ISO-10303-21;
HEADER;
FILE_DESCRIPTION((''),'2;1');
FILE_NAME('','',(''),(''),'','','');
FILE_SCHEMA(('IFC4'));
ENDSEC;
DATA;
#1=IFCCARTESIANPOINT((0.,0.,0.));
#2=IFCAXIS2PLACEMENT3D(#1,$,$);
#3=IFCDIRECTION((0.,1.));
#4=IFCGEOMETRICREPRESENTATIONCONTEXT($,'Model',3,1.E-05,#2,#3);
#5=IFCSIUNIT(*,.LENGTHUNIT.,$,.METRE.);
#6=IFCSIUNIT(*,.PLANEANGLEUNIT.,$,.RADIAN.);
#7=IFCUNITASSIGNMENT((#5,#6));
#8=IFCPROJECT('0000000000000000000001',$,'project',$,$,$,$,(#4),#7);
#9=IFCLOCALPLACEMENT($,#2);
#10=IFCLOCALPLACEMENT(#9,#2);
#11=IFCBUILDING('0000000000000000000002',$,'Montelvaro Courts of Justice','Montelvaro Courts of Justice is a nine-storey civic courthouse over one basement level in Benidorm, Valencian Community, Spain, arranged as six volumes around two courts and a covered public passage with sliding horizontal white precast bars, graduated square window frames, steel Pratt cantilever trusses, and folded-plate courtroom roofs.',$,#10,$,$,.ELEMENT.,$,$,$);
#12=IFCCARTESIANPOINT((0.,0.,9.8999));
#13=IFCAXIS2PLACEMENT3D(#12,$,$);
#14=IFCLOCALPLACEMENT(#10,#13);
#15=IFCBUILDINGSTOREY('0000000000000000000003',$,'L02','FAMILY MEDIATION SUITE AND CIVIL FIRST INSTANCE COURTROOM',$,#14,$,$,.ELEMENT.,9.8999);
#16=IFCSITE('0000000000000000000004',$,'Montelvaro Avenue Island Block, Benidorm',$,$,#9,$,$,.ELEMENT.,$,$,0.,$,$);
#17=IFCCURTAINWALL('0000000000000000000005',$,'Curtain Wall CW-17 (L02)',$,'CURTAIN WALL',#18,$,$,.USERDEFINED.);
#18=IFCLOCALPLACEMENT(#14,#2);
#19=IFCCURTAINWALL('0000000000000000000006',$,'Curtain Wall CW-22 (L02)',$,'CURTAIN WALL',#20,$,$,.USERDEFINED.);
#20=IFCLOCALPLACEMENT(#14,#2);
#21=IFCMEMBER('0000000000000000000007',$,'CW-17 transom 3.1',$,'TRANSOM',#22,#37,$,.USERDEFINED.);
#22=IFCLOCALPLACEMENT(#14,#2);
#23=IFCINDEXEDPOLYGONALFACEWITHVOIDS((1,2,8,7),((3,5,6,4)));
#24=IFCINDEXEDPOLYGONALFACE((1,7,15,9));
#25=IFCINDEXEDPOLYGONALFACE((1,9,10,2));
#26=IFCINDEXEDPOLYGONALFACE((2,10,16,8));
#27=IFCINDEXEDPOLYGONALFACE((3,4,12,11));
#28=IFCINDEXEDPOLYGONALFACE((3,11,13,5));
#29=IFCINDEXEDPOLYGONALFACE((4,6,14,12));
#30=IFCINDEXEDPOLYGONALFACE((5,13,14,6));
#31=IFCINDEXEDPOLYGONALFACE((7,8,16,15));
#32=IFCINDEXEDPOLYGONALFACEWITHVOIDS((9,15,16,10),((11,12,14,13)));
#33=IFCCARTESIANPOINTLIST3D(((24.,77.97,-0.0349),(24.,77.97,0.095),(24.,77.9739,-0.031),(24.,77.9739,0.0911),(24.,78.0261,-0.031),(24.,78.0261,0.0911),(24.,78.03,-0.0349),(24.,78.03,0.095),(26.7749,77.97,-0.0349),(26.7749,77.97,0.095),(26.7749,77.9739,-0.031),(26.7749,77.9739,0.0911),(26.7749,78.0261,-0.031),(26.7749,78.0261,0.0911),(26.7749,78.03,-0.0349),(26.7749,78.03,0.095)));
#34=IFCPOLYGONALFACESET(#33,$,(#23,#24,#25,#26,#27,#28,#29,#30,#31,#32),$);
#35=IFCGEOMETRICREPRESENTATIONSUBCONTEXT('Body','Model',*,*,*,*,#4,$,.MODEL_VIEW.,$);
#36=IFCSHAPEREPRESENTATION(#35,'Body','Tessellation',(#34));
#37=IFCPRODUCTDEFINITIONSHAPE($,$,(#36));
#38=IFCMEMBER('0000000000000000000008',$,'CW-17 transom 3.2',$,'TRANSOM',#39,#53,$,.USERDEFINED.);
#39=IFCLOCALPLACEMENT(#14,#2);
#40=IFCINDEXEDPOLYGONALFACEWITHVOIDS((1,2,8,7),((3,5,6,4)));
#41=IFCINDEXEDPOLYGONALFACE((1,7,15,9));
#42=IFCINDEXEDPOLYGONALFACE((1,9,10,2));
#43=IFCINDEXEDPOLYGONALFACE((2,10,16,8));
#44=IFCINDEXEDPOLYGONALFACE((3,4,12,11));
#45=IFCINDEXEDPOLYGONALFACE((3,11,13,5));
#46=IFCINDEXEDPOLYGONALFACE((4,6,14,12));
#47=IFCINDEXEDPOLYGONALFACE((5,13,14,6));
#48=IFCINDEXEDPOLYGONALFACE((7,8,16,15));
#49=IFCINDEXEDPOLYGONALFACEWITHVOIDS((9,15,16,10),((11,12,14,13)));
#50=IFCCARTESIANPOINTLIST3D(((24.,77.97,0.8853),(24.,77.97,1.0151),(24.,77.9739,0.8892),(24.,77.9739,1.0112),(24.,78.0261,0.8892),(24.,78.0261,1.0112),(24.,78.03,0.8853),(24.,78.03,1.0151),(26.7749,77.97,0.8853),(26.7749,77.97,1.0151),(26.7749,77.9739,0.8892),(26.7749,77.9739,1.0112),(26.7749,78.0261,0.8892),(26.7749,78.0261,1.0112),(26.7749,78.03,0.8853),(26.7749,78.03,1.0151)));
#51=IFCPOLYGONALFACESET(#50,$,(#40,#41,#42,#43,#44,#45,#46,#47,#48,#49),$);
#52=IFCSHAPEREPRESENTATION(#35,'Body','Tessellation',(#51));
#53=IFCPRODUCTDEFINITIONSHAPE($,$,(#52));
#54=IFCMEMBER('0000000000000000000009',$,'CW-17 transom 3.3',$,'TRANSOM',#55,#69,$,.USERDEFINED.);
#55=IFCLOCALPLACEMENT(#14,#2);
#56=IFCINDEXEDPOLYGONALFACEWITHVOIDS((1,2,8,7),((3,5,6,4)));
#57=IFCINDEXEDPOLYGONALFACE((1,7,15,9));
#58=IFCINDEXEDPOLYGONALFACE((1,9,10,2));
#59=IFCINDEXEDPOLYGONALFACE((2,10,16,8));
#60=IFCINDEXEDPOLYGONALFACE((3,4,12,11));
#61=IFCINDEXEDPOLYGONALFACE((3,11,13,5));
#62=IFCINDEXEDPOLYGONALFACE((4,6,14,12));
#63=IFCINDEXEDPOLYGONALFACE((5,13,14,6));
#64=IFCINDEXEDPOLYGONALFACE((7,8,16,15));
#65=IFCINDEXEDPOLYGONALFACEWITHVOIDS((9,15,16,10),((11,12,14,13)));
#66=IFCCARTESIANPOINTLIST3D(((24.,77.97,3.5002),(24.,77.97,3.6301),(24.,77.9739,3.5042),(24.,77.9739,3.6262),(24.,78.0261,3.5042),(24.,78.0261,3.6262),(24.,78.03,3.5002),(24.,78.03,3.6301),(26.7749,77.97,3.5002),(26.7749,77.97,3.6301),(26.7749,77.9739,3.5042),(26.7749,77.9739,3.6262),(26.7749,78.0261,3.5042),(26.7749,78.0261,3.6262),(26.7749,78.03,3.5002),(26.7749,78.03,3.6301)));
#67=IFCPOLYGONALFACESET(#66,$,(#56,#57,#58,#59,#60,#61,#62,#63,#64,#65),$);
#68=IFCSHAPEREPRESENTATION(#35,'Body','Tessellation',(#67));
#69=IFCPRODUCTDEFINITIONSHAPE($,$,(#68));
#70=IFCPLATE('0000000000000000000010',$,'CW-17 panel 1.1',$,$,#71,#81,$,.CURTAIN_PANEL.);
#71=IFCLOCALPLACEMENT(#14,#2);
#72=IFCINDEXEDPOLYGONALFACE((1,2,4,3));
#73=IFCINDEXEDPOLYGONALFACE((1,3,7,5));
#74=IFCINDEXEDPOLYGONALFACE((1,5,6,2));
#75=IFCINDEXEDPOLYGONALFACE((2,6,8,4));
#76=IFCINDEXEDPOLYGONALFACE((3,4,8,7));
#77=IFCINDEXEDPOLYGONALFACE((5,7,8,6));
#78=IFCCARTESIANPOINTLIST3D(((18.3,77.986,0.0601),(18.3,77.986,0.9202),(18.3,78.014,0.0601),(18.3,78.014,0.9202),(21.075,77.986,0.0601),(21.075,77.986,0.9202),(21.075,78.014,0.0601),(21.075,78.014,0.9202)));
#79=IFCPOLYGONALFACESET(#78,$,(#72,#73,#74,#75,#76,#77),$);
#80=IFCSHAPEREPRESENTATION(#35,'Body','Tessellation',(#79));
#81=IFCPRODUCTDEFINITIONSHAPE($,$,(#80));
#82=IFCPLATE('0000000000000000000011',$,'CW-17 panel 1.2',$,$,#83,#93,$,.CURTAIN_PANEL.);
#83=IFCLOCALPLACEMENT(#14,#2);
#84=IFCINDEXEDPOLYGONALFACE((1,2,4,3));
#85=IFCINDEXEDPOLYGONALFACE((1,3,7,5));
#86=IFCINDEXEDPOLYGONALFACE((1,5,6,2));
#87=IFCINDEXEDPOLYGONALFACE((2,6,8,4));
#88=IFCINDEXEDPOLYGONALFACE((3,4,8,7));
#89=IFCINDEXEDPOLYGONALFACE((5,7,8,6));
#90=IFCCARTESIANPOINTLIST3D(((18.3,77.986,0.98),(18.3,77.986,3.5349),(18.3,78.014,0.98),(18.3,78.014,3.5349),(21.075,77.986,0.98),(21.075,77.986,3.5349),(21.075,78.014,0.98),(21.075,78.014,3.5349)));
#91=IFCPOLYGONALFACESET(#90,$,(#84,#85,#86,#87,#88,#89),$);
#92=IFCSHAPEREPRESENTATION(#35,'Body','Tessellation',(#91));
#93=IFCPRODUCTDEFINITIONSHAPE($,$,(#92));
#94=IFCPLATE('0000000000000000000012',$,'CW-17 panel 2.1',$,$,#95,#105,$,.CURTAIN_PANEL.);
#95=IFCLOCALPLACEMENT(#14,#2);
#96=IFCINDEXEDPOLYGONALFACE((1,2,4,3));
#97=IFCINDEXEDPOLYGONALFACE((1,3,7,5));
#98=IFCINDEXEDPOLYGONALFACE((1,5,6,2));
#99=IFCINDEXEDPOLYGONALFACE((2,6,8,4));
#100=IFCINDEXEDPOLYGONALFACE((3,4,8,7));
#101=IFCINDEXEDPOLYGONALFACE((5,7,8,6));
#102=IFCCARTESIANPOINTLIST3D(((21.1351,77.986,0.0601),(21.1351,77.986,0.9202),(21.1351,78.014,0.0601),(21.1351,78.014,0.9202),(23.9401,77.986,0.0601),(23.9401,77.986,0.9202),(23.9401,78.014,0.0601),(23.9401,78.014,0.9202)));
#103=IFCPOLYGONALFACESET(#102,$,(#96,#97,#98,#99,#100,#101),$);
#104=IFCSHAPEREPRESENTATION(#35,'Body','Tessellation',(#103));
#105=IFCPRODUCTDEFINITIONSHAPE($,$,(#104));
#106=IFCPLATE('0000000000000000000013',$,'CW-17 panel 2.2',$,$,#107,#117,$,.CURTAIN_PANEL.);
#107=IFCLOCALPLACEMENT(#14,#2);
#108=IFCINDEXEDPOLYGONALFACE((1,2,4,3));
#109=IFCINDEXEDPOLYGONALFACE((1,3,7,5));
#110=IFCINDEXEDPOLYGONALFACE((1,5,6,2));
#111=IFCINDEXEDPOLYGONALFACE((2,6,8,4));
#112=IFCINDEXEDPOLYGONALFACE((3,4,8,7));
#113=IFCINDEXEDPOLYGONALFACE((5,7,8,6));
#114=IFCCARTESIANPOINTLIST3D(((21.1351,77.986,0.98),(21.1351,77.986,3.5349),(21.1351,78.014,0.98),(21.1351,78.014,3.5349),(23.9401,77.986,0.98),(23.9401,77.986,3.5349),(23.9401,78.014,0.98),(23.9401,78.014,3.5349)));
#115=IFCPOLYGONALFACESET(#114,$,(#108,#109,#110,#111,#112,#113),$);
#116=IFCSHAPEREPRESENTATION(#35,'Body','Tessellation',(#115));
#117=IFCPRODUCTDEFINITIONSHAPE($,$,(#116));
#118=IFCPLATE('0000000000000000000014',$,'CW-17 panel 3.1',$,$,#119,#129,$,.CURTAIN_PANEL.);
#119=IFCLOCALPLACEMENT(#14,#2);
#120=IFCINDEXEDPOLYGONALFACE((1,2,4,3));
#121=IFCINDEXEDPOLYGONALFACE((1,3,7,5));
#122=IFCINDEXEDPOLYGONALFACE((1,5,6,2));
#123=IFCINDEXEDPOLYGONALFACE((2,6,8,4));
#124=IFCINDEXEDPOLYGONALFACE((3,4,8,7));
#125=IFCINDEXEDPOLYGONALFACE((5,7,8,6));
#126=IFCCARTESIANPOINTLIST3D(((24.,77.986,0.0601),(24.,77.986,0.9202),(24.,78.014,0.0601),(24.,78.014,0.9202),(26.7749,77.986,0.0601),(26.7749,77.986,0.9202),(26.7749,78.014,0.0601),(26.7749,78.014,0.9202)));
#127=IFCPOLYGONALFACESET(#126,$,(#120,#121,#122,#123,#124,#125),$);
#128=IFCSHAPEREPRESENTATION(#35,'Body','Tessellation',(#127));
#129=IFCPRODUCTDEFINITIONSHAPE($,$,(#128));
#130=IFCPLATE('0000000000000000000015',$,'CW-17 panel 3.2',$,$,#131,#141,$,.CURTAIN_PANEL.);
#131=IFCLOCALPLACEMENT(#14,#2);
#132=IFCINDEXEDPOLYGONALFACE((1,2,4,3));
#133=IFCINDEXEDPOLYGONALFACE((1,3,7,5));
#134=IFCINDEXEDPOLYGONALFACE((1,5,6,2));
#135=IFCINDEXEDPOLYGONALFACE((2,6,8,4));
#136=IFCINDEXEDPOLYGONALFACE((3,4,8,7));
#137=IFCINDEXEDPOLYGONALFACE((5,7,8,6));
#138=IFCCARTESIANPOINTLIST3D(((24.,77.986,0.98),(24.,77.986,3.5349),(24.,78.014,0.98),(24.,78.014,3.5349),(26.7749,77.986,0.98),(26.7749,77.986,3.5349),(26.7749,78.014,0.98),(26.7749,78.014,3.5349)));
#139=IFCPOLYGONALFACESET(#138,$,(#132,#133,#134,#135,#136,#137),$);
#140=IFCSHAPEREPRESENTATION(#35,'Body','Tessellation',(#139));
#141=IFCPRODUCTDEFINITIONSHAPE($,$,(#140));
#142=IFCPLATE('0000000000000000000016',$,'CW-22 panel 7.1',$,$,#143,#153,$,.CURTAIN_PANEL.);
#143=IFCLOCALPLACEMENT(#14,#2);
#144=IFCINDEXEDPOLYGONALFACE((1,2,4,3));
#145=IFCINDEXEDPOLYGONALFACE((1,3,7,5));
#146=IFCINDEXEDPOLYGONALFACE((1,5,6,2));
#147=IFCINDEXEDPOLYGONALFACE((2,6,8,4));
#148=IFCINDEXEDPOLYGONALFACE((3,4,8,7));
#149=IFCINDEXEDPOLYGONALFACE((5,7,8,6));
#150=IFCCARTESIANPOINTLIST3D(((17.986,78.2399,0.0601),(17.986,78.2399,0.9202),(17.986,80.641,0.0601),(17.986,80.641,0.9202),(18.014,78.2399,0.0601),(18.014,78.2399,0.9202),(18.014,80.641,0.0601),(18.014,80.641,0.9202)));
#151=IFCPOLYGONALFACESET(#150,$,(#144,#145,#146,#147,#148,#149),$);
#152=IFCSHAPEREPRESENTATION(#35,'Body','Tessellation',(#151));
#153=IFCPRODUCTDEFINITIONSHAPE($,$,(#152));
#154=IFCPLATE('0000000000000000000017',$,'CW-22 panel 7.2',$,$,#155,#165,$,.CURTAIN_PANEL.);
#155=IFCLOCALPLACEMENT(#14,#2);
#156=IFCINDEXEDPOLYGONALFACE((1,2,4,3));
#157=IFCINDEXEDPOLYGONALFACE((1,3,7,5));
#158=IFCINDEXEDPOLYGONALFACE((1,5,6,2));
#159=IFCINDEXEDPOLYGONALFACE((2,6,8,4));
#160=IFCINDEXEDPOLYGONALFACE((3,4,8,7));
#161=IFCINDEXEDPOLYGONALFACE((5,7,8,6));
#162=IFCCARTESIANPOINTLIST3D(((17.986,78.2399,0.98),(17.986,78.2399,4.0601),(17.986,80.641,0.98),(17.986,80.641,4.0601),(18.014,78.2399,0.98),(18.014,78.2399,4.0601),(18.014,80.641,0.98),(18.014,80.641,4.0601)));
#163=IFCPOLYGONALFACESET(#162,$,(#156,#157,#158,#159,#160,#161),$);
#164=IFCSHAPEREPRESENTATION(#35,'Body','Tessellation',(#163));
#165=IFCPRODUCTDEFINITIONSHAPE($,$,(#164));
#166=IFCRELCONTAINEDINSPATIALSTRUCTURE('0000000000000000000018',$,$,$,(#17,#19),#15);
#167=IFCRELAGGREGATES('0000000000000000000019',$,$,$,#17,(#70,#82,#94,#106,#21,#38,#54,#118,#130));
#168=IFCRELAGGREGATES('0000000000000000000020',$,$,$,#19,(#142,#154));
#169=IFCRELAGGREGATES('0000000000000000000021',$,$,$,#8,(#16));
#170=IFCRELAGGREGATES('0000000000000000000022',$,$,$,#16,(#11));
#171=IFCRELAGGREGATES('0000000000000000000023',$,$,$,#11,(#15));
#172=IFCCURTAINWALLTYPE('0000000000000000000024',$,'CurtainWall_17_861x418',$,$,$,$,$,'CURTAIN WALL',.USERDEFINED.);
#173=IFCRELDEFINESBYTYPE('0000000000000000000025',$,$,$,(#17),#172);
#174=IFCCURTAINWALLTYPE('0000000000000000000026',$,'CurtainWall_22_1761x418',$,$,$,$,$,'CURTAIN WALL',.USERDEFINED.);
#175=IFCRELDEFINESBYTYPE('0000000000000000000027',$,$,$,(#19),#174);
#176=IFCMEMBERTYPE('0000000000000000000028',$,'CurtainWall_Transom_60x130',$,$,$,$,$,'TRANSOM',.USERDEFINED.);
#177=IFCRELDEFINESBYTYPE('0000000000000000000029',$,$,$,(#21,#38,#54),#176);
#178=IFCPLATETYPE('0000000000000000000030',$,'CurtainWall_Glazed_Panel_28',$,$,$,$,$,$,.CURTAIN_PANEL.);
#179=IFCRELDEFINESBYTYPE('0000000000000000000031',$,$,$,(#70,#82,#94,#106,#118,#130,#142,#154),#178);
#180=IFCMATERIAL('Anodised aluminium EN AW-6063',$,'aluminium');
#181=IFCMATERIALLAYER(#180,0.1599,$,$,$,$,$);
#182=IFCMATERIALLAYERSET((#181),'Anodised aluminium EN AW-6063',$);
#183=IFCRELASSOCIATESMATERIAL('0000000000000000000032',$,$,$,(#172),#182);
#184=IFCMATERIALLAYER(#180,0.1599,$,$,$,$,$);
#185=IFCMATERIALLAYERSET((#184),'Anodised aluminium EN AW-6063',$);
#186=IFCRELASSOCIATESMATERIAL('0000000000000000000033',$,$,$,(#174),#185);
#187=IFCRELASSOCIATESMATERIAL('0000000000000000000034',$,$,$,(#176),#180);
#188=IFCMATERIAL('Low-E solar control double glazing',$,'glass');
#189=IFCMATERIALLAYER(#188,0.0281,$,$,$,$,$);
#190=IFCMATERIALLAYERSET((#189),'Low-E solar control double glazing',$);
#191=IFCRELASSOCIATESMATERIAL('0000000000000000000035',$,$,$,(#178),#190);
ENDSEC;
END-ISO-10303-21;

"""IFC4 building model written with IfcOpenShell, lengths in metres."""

from ifc_helpers import new_model, si_unit, direction, frame, origin, origin_2d, place, context, subcontext, project, spatial, rectangle, hollow_rectangle, extrude, material, layer, layer_set, material_profile, profile_set, type_object, element, aggregate, save


model = new_model("IFC4")

# Units and contexts
model_context = context("Model", 3, precision=1e-05, world=origin(), true_north=direction((0.0, 1.0)))
body_context = subcontext(model_context, "Body", "Model", "MODEL_VIEW")
ifc_project = project(units=[si_unit("LENGTHUNIT", "METRE"), si_unit("PLANEANGLEUNIT", "RADIAN")], contexts=[model_context])

# Site, building, storey
site_placement = place(None, origin())
site = spatial("IfcSite", under=ifc_project, at=site_placement, Name="Montelvaro Avenue Island Block, Benidorm", CompositionType="ELEMENT", RefElevation=0.0)
building_placement = place(site_placement, origin())
building = spatial("IfcBuilding", under=site, at=building_placement, Name="Montelvaro Courts of Justice", Description="Montelvaro Courts of Justice is a nine-storey civic courthouse over one basement level in Benidorm, Valencian Community, Spain, arranged as six volumes around two courts and a covered public passage with sliding horizontal white precast bars, graduated square window frames, steel Pratt cantilever trusses, and folded-plate courtroom roofs.", CompositionType="ELEMENT")
storey_placement = place(building_placement, frame((0.0, 0.0, 9.8999)))
storey = spatial("IfcBuildingStorey", under=building, at=storey_placement, Name="L02", Description="FAMILY MEDIATION SUITE AND CIVIL FIRST INSTANCE COURTROOM", CompositionType="ELEMENT", Elevation=9.8999)

# Curtain wall
ifc_material_1 = material(Name="Anodised aluminium EN AW-6063", Category="aluminium")
ifc_layer_1 = layer(ifc_material_1, 0.1599)
ifc_layer_set_1 = layer_set([ifc_layer_1], Name="Anodised aluminium EN AW-6063")
curtain_wall_type_1 = type_object("IfcCurtainWallType", Name="CurtainWall_17_861x418", ElementType="CURTAIN WALL", PredefinedType="USERDEFINED", material=ifc_layer_set_1)
curtain_wall_1_placement = place(storey_placement, origin())
curtain_wall_1 = element("IfcCurtainWall", 1, at=curtain_wall_1_placement, inside=storey, type_object=curtain_wall_type_1, Name="Curtain Wall CW-17 (L02)", ObjectType="CURTAIN WALL", PredefinedType="USERDEFINED")

# Curtain wall
ifc_layer_2 = layer(ifc_material_1, 0.1599)
ifc_layer_set_2 = layer_set([ifc_layer_2], Name="Anodised aluminium EN AW-6063")
curtain_wall_type_2 = type_object("IfcCurtainWallType", Name="CurtainWall_22_1761x418", ElementType="CURTAIN WALL", PredefinedType="USERDEFINED", material=ifc_layer_set_2)
curtain_wall_2_placement = place(storey_placement, origin())
curtain_wall_2 = element("IfcCurtainWall", 2, at=curtain_wall_2_placement, inside=storey, type_object=curtain_wall_type_2, Name="Curtain Wall CW-22 (L02)", ObjectType="CURTAIN WALL", PredefinedType="USERDEFINED")

# Members
ifc_material_profile_1 = material_profile(ifc_material_1, hollow_rectangle(XDim=0.0601, YDim=0.1299, WallThickness=0.0039, at=origin_2d()), Name="ALU-T 60x130")
ifc_profile_set_1 = profile_set([ifc_material_profile_1], Name="Anodised aluminium EN AW-6063")
member_type_1 = type_object("IfcMemberType", Name="CurtainWall_Transom_60x130", ElementType="TRANSOM", PredefinedType="USERDEFINED", material=ifc_profile_set_1)
member_1_placement = place(storey_placement, frame((24.0, 78.0, 0.03), z_axis=(1.0, 0.0, 0.0), x_axis=(0.0, 1.0, 0.0)))
member_1 = element("IfcMember", 3, at=member_1_placement, type_object=member_type_1, Name="CW-17 transom 3.1", ObjectType="TRANSOM", PredefinedType="USERDEFINED", context=body_context, shape_type="SweptSolid", body=[
    extrude(hollow_rectangle(XDim=0.0601, YDim=0.1299, WallThickness=0.0039, at=origin_2d()), origin(), (0.0, 0.0, 1.0), 2.7749),
])
member_2_placement = place(storey_placement, frame((24.0, 78.0, 0.9502), z_axis=(1.0, 0.0, 0.0), x_axis=(0.0, 1.0, 0.0)))
member_2 = element("IfcMember", 4, at=member_2_placement, type_object=member_type_1, Name="CW-17 transom 3.2", ObjectType="TRANSOM", PredefinedType="USERDEFINED", context=body_context, shape_type="SweptSolid", body=[
    extrude(hollow_rectangle(XDim=0.0601, YDim=0.1299, WallThickness=0.0039, at=origin_2d()), origin(), (0.0, 0.0, 1.0), 2.7749),
])
member_3_placement = place(storey_placement, frame((24.0, 78.0, 3.5652), z_axis=(1.0, 0.0, 0.0), x_axis=(0.0, 1.0, 0.0)))
member_3 = element("IfcMember", 5, at=member_3_placement, type_object=member_type_1, Name="CW-17 transom 3.3", ObjectType="TRANSOM", PredefinedType="USERDEFINED", context=body_context, shape_type="SweptSolid", body=[
    extrude(hollow_rectangle(XDim=0.0601, YDim=0.1299, WallThickness=0.0039, at=origin_2d()), origin(), (0.0, 0.0, 1.0), 2.7749),
])

# Plates
ifc_material_2 = material(Name="Low-E solar control double glazing", Category="glass")
ifc_layer_3 = layer(ifc_material_2, 0.0281)
ifc_layer_set_3 = layer_set([ifc_layer_3], Name="Low-E solar control double glazing")
plate_type = type_object("IfcPlateType", Name="CurtainWall_Glazed_Panel_28", PredefinedType="CURTAIN_PANEL", material=ifc_layer_set_3)
plate_1_placement = place(storey_placement, frame((19.6875, 78.0, 0.0601), z_axis=(0.0, 0.0, 1.0), x_axis=(1.0, 0.0, 0.0)))
plate_1 = element("IfcPlate", 6, at=plate_1_placement, type_object=plate_type, Name="CW-17 panel 1.1", PredefinedType="CURTAIN_PANEL", context=body_context, shape_type="SweptSolid", body=[
    extrude(rectangle(XDim=2.7749, YDim=0.0281, at=origin_2d()), origin(), (0.0, 0.0, 1.0), 0.8601),
])
plate_2_placement = place(storey_placement, frame((19.6875, 78.0, 0.98), z_axis=(0.0, 0.0, 1.0), x_axis=(1.0, 0.0, 0.0)))
plate_2 = element("IfcPlate", 7, at=plate_2_placement, type_object=plate_type, Name="CW-17 panel 1.2", PredefinedType="CURTAIN_PANEL", context=body_context, shape_type="SweptSolid", body=[
    extrude(rectangle(XDim=2.7749, YDim=0.0281, at=origin_2d()), origin(), (0.0, 0.0, 1.0), 2.5549),
])
plate_3_placement = place(storey_placement, frame((22.5376, 78.0, 0.0601), z_axis=(0.0, 0.0, 1.0), x_axis=(1.0, 0.0, 0.0)))
plate_3 = element("IfcPlate", 8, at=plate_3_placement, type_object=plate_type, Name="CW-17 panel 2.1", PredefinedType="CURTAIN_PANEL", context=body_context, shape_type="SweptSolid", body=[
    extrude(rectangle(XDim=2.8049, YDim=0.0281, at=origin_2d()), origin(), (0.0, 0.0, 1.0), 0.8601),
])
plate_4_placement = place(storey_placement, frame((22.5376, 78.0, 0.98), z_axis=(0.0, 0.0, 1.0), x_axis=(1.0, 0.0, 0.0)))
plate_4 = element("IfcPlate", 9, at=plate_4_placement, type_object=plate_type, Name="CW-17 panel 2.2", PredefinedType="CURTAIN_PANEL", context=body_context, shape_type="SweptSolid", body=[
    extrude(rectangle(XDim=2.8049, YDim=0.0281, at=origin_2d()), origin(), (0.0, 0.0, 1.0), 2.5549),
])
plate_5_placement = place(storey_placement, frame((25.3875, 78.0, 0.0601), z_axis=(0.0, 0.0, 1.0), x_axis=(1.0, 0.0, 0.0)))
plate_5 = element("IfcPlate", 10, at=plate_5_placement, type_object=plate_type, Name="CW-17 panel 3.1", PredefinedType="CURTAIN_PANEL", context=body_context, shape_type="SweptSolid", body=[
    extrude(rectangle(XDim=2.7749, YDim=0.0281, at=origin_2d()), origin(), (0.0, 0.0, 1.0), 0.8601),
])
plate_6_placement = place(storey_placement, frame((25.3875, 78.0, 0.98), z_axis=(0.0, 0.0, 1.0), x_axis=(1.0, 0.0, 0.0)))
plate_6 = element("IfcPlate", 11, at=plate_6_placement, type_object=plate_type, Name="CW-17 panel 3.2", PredefinedType="CURTAIN_PANEL", context=body_context, shape_type="SweptSolid", body=[
    extrude(rectangle(XDim=2.7749, YDim=0.0281, at=origin_2d()), origin(), (0.0, 0.0, 1.0), 2.5549),
])
aggregate(curtain_wall_1, [plate_1, plate_2, plate_3, plate_4, member_1, member_2, member_3, plate_5, plate_6])
plate_7_placement = place(storey_placement, frame((18.0, 79.4404, 0.0601), z_axis=(0.0, 0.0, 1.0), x_axis=(0.0, -1.0, 0.0)))
plate_7 = element("IfcPlate", 12, at=plate_7_placement, type_object=plate_type, Name="CW-22 panel 7.1", PredefinedType="CURTAIN_PANEL", context=body_context, shape_type="SweptSolid", body=[
    extrude(rectangle(XDim=2.4011, YDim=0.0281, at=origin_2d()), origin(), (0.0, 0.0, 1.0), 0.8601),
])
plate_8_placement = place(storey_placement, frame((18.0, 79.4404, 0.98), z_axis=(0.0, 0.0, 1.0), x_axis=(0.0, -1.0, 0.0)))
plate_8 = element("IfcPlate", 13, at=plate_8_placement, type_object=plate_type, Name="CW-22 panel 7.2", PredefinedType="CURTAIN_PANEL", context=body_context, shape_type="SweptSolid", body=[
    extrude(rectangle(XDim=2.4011, YDim=0.0281, at=origin_2d()), origin(), (0.0, 0.0, 1.0), 3.0801),
])
aggregate(curtain_wall_2, [plate_7, plate_8])

save(model, "model.ifc")
